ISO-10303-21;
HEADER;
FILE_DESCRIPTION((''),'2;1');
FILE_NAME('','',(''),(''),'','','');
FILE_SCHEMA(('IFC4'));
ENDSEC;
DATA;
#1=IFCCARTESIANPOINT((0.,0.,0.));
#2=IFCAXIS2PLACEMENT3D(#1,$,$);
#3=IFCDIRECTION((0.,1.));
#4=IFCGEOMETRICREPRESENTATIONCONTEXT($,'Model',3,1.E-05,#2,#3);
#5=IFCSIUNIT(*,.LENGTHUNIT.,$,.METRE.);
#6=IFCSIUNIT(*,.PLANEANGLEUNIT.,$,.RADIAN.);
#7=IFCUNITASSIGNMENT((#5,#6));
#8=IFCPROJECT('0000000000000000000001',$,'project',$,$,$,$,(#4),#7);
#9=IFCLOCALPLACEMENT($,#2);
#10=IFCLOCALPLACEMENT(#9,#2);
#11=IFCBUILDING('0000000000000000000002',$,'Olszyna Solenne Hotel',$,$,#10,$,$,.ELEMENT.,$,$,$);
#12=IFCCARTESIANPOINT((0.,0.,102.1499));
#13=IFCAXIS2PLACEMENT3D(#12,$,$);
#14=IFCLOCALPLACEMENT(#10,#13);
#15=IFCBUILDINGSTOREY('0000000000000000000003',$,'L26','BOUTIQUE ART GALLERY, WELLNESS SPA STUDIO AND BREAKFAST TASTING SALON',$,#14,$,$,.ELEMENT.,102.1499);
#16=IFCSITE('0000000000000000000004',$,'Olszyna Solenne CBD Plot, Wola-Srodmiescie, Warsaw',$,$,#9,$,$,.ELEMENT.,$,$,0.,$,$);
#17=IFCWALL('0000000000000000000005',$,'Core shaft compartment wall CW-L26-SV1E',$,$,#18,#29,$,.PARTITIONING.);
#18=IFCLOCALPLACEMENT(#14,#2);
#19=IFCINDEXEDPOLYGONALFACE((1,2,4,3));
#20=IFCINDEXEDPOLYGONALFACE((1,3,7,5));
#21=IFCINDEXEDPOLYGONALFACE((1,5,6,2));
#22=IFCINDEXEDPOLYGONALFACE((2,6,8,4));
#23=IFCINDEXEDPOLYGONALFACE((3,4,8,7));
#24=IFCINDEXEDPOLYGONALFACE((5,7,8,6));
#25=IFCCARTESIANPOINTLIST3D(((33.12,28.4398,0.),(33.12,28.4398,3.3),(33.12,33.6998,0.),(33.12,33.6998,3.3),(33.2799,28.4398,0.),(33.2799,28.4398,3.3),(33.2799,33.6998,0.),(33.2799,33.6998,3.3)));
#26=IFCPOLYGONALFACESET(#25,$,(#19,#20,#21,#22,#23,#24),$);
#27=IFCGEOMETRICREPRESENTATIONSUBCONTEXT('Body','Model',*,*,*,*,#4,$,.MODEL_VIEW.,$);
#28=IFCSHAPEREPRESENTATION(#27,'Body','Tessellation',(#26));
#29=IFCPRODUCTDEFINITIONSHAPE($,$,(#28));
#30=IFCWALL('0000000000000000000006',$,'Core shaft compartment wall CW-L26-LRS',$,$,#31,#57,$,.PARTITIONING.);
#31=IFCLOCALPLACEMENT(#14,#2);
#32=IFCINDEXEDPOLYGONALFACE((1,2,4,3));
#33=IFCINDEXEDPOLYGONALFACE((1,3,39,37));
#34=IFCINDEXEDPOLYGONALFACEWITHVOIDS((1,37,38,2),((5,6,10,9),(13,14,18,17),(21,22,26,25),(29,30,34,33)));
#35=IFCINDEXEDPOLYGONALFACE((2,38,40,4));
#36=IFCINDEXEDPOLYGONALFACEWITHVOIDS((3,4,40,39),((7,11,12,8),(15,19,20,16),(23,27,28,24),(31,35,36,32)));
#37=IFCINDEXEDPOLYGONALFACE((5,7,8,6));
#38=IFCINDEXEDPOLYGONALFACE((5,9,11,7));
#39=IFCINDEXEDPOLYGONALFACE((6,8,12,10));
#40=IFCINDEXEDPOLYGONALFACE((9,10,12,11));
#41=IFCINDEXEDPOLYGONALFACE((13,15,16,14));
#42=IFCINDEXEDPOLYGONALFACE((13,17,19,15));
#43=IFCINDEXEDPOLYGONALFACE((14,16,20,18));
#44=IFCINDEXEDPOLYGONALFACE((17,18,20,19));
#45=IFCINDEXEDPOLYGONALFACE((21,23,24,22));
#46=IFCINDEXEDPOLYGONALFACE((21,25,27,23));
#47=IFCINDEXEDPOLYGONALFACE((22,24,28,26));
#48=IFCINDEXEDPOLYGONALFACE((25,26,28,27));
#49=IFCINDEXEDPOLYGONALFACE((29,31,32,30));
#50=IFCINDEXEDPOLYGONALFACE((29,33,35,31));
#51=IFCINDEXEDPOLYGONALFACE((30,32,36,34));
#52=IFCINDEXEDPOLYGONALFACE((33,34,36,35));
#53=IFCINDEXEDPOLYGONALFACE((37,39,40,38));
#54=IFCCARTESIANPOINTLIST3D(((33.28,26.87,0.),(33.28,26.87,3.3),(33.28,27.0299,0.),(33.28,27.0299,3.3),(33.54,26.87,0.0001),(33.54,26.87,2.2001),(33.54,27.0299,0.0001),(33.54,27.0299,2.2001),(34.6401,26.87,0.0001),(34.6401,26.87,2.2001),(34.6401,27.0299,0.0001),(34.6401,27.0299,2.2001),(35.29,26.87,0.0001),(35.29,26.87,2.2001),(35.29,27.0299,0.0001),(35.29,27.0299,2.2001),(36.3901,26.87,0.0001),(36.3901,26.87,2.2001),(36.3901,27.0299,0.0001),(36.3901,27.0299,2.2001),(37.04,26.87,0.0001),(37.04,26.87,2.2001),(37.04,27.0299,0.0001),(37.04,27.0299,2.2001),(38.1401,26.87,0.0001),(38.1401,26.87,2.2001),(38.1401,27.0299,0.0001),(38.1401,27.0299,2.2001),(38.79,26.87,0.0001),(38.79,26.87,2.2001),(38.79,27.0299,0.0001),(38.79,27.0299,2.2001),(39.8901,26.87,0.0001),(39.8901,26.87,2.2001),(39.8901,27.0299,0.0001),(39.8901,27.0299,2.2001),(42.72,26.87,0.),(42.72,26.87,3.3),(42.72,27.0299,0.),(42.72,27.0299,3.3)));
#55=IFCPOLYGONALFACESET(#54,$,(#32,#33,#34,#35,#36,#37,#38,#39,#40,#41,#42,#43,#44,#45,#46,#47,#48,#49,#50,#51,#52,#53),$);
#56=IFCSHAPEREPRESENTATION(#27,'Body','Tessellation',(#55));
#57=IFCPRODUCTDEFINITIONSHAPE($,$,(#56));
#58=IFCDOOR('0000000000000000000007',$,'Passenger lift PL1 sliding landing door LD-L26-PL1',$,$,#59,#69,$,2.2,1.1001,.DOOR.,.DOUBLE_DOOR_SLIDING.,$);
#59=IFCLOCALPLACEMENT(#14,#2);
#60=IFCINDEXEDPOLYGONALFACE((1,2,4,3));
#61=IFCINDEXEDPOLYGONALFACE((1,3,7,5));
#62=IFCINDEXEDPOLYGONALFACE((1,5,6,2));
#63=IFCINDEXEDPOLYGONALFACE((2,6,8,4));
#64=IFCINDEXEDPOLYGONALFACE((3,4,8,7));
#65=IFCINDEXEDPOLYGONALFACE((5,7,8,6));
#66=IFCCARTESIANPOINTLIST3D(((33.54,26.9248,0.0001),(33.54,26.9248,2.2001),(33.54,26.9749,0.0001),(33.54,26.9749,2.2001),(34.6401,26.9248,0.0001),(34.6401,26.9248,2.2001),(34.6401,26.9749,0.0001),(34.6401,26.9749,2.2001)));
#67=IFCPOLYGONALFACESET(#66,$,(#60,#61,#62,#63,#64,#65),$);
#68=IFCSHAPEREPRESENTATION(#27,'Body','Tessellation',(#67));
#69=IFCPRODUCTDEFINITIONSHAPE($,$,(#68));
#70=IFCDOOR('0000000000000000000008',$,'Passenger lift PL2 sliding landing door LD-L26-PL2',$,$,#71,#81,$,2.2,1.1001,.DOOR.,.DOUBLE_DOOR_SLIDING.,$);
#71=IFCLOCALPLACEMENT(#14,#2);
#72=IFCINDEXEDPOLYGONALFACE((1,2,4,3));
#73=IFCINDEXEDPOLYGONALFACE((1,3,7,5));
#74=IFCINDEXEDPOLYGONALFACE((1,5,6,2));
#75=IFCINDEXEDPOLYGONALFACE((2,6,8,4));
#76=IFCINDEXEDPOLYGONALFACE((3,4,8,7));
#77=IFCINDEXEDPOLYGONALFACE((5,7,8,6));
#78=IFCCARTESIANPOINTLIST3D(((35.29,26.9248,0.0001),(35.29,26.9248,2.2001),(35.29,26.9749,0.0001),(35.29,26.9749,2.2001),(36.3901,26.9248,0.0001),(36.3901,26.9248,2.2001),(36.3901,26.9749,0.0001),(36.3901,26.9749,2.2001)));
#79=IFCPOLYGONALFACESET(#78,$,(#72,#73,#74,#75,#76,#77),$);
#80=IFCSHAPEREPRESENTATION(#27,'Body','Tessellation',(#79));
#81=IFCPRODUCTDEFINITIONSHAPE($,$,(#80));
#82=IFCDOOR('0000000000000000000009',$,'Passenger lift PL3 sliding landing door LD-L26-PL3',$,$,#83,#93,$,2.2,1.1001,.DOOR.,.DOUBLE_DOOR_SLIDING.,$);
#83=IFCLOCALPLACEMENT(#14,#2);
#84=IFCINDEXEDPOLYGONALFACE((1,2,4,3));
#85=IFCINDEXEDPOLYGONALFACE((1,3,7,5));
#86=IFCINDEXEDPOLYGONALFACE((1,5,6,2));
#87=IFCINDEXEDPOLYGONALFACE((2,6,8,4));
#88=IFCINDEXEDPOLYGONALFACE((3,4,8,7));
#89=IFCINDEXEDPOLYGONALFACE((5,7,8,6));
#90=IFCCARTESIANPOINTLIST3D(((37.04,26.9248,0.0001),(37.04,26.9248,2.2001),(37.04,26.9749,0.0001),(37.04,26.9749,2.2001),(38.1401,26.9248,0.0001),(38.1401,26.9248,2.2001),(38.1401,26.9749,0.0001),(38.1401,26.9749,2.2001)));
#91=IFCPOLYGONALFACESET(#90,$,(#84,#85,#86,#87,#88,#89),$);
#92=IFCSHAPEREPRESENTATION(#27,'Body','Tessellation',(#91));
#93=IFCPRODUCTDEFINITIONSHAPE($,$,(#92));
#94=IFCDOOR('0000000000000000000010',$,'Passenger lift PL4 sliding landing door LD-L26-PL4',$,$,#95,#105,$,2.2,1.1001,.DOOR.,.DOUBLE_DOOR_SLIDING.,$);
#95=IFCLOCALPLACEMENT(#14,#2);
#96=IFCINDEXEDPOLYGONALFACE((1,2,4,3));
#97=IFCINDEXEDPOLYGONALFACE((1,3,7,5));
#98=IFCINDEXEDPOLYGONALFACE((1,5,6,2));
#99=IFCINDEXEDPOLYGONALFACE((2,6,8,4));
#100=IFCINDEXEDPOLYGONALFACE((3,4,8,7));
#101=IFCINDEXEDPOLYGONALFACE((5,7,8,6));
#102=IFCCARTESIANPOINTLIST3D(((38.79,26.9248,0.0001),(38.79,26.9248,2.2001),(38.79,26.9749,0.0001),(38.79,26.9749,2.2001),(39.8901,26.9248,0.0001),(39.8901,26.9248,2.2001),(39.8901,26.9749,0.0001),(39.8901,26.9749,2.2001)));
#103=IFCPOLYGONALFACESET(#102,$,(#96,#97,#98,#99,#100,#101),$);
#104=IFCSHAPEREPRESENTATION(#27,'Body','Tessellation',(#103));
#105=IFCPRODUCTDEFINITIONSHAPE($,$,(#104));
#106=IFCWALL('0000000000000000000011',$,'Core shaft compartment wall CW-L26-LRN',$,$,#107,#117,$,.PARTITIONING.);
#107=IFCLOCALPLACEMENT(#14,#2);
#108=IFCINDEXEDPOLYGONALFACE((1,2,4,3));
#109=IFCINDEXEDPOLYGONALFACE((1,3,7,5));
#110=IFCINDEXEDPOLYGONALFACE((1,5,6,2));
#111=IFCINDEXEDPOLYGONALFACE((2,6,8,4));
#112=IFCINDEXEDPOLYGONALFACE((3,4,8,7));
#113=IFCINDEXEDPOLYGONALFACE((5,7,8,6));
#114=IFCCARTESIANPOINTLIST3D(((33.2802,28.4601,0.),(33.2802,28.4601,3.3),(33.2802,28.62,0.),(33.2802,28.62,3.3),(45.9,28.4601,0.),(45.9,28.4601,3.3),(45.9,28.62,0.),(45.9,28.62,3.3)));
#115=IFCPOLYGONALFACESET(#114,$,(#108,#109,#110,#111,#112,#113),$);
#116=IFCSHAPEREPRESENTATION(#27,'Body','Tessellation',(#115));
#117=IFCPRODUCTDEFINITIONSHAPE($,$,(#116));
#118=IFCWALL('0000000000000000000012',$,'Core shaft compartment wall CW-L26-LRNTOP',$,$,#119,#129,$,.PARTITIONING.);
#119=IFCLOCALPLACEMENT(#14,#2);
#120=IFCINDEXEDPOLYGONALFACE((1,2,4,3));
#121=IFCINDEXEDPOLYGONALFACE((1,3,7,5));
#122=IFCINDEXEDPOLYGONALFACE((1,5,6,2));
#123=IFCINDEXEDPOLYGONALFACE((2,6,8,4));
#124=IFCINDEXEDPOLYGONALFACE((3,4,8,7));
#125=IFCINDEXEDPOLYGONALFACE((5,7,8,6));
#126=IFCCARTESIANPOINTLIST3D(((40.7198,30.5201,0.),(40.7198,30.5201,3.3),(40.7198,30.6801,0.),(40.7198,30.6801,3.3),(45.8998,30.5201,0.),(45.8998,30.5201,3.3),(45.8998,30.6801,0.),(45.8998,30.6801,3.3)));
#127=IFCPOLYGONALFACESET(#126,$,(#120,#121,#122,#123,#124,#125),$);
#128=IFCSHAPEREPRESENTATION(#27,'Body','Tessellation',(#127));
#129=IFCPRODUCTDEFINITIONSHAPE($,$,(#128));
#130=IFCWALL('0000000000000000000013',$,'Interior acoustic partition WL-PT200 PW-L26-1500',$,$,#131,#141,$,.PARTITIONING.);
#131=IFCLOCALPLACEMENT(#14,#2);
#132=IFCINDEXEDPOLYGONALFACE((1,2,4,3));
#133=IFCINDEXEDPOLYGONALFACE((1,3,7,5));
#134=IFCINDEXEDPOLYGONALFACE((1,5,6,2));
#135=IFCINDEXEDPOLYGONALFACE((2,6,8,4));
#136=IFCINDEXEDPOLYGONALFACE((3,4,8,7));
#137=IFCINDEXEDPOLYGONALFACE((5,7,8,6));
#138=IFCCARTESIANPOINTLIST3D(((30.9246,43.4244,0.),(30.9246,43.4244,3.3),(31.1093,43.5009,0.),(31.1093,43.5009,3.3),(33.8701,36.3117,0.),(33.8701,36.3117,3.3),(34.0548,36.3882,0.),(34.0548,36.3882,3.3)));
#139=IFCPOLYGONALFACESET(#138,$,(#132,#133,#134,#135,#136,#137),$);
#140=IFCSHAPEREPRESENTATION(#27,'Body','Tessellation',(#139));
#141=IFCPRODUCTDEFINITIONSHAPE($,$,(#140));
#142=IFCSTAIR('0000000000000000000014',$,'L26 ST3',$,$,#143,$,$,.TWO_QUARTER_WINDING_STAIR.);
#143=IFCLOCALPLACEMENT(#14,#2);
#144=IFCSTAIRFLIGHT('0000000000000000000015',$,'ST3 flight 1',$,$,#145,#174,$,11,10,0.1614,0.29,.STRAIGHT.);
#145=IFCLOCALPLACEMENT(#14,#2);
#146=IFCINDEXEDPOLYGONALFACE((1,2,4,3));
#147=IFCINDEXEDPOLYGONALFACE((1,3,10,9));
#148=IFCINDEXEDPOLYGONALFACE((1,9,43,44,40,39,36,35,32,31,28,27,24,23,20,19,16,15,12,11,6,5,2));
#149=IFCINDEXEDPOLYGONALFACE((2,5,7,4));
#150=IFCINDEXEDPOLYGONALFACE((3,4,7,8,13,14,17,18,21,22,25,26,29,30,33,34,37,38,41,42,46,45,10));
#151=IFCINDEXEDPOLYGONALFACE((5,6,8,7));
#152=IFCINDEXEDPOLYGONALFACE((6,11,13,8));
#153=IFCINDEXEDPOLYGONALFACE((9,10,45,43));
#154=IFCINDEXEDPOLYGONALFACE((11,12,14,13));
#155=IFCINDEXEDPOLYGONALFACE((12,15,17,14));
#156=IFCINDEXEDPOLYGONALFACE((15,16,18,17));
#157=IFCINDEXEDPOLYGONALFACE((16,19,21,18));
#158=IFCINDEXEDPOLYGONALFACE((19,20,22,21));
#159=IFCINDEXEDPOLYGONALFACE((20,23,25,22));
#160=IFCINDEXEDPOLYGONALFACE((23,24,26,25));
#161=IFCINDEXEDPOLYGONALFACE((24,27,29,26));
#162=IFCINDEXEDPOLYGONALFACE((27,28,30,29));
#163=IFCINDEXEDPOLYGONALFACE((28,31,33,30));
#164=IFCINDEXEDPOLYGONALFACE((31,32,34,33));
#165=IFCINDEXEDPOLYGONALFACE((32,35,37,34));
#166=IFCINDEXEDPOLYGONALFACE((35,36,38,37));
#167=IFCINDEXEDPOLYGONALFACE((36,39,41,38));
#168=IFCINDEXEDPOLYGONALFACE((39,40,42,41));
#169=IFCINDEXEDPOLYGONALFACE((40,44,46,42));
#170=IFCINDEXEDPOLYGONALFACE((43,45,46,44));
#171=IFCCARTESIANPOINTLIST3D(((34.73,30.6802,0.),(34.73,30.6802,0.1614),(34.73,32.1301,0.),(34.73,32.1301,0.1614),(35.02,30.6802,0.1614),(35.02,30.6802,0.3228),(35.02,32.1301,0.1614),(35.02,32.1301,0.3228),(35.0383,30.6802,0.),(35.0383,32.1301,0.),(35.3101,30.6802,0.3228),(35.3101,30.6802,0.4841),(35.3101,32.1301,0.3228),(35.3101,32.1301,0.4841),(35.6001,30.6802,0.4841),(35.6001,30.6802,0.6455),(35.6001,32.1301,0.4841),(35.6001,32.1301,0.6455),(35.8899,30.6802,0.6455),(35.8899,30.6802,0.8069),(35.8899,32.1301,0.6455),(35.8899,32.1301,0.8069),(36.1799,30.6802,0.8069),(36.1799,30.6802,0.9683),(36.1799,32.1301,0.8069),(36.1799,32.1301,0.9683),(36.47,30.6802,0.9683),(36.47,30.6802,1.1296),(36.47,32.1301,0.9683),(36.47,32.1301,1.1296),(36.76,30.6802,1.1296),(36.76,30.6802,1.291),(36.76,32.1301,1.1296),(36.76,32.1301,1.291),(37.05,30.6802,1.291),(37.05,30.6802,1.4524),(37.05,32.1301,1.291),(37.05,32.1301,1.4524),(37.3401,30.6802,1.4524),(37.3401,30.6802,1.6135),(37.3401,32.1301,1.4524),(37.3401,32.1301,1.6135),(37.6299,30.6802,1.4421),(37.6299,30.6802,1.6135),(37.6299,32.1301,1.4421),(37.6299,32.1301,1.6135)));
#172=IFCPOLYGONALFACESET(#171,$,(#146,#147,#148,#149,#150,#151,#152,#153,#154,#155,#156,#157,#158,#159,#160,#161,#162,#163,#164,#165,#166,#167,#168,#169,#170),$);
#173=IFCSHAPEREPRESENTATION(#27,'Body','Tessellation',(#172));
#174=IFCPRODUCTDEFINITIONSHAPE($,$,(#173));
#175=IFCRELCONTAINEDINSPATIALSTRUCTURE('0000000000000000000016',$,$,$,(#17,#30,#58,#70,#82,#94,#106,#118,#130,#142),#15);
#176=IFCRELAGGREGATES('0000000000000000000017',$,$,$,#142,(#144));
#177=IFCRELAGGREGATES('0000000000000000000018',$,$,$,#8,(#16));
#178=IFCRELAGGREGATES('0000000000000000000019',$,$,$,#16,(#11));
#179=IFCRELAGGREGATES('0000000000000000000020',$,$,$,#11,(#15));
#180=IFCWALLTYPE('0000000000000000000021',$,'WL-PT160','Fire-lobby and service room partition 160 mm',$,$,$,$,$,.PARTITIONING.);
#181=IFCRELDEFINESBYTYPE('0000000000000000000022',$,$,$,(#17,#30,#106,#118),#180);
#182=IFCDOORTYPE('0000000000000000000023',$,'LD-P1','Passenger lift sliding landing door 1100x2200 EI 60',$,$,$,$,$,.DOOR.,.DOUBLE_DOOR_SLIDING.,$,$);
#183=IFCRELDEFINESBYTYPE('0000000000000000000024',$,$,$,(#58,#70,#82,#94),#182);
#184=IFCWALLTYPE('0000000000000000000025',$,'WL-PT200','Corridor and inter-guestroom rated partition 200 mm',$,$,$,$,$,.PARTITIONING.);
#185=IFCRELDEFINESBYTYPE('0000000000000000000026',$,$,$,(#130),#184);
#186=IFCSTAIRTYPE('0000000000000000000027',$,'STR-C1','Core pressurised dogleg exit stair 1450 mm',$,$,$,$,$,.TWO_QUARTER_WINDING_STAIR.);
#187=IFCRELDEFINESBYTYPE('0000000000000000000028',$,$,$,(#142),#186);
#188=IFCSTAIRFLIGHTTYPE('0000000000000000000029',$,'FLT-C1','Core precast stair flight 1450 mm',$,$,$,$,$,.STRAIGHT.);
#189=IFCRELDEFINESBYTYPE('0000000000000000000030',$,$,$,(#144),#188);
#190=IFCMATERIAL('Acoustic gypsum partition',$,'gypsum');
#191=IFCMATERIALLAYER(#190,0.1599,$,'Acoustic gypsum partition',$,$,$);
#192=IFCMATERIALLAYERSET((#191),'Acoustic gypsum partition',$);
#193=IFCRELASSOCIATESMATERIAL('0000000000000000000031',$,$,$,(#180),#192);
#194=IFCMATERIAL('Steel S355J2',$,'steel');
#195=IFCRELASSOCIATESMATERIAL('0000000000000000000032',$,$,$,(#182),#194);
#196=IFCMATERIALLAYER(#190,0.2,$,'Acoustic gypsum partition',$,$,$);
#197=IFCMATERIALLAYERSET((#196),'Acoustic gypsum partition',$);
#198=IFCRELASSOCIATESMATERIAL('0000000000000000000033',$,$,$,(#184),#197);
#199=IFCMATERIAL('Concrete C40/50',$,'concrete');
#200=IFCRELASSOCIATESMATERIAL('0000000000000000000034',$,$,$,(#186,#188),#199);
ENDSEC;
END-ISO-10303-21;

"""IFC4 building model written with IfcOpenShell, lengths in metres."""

from ifc_helpers import new_model, si_unit, direction, frame, frame_2d, origin, place, context, subcontext, project, spatial, polyline, rectangle, outline, extrude, source, transform, mapped, material, layer, layer_set, type_object, type_shapes, element, fill, aggregate, save


model = new_model("IFC4")

# Units and contexts
model_context = context("Model", 3, precision=1e-05, world=origin(), true_north=direction((0.0, 1.0)))
body_context = subcontext(model_context, "Body", "Model", "MODEL_VIEW")
ifc_project = project(units=[si_unit("LENGTHUNIT", "METRE"), si_unit("PLANEANGLEUNIT", "RADIAN")], contexts=[model_context])

# Site, building, storey
site_placement = place(None, origin())
site = spatial("IfcSite", under=ifc_project, at=site_placement, Name="Olszyna Solenne CBD Plot, Wola-Srodmiescie, Warsaw", CompositionType="ELEMENT", RefElevation=0.0)
building_placement = place(site_placement, origin())
building = spatial("IfcBuilding", under=site, at=building_placement, Name="Olszyna Solenne Hotel", CompositionType="ELEMENT")
storey_placement = place(building_placement, frame((0.0, 0.0, 102.1499)))
storey = spatial("IfcBuildingStorey", under=building, at=storey_placement, Name="L26", Description="BOUTIQUE ART GALLERY, WELLNESS SPA STUDIO AND BREAKFAST TASTING SALON", CompositionType="ELEMENT", Elevation=102.1499)

# Shared definitions
ifc_material_1 = material(Name="Steel S355J2", Category="steel")

# Wall
ifc_material_2 = material(Name="Acoustic gypsum partition", Category="gypsum")
ifc_layer_1 = layer(ifc_material_2, 0.1599, Name="Acoustic gypsum partition")
ifc_layer_set_1 = layer_set([ifc_layer_1], Name="Acoustic gypsum partition")
wall_type_1 = type_object("IfcWallType", Name="WL-PT160", Description="Fire-lobby and service room partition 160 mm", PredefinedType="PARTITIONING", material=ifc_layer_set_1)
wall_1_placement = place(storey_placement, frame((33.2, 28.4399, 0.0), z_axis=(0.0, 0.0, 1.0), x_axis=(0.0, 1.0, 0.0)))
element("IfcWall", 1, at=wall_1_placement, inside=storey, type_object=wall_type_1, Name="Core shaft compartment wall CW-L26-SV1E", PredefinedType="PARTITIONING", context=body_context, shape_type="SweptSolid", body=[
    extrude(rectangle(XDim=5.26, YDim=0.1599, at=frame_2d((2.6299, 0.0))), origin(), (0.0, 0.0, 1.0), 3.3),
])

# Wall, openings, doors
wall_2_placement = place(storey_placement, frame((33.28, 26.95, 0.0), z_axis=(0.0, 0.0, 1.0), x_axis=(1.0, 0.0, 0.0)))
wall_2 = element("IfcWall", 2, at=wall_2_placement, inside=storey, type_object=wall_type_1, Name="Core shaft compartment wall CW-L26-LRS", PredefinedType="PARTITIONING", context=body_context, shape_type="SweptSolid", body=[
    extrude(rectangle(XDim=9.4399, YDim=0.1599, at=frame_2d((4.72, 0.0))), origin(), (0.0, 0.0, 1.0), 3.3),
])
opening_1_placement = place(wall_2_placement, frame((0.26, 0.0, 0.0)))
opening_1 = element("IfcOpeningElement", 3, at=opening_1_placement, cuts=wall_2, PredefinedType="OPENING", context=body_context, shape_type="SweptSolid", body=[
    extrude(rectangle(XDim=1.1001, YDim=2.2, at=frame_2d((0.55, 1.1001))), frame((0.0, 0.0898, 0.0), z_axis=(0.0, -1.0, 0.0), x_axis=(1.0, 0.0, 0.0)), (0.0, 0.0, 1.0), 0.1799),
])
opening_2_placement = place(wall_2_placement, frame((2.01, 0.0, 0.0)))
opening_2 = element("IfcOpeningElement", 4, at=opening_2_placement, cuts=wall_2, PredefinedType="OPENING", context=body_context, shape_type="SweptSolid", body=[
    extrude(rectangle(XDim=1.1001, YDim=2.2, at=frame_2d((0.55, 1.1001))), frame((0.0, 0.0898, 0.0), z_axis=(0.0, -1.0, 0.0), x_axis=(1.0, 0.0, 0.0)), (0.0, 0.0, 1.0), 0.1799),
])
opening_3_placement = place(wall_2_placement, frame((3.76, 0.0, 0.0)))
opening_3 = element("IfcOpeningElement", 5, at=opening_3_placement, cuts=wall_2, PredefinedType="OPENING", context=body_context, shape_type="SweptSolid", body=[
    extrude(rectangle(XDim=1.1001, YDim=2.2, at=frame_2d((0.55, 1.1001))), frame((0.0, 0.0898, 0.0), z_axis=(0.0, -1.0, 0.0), x_axis=(1.0, 0.0, 0.0)), (0.0, 0.0, 1.0), 0.1799),
])
opening_4_placement = place(wall_2_placement, frame((5.51, 0.0, 0.0)))
opening_4 = element("IfcOpeningElement", 6, at=opening_4_placement, cuts=wall_2, PredefinedType="OPENING", context=body_context, shape_type="SweptSolid", body=[
    extrude(rectangle(XDim=1.1001, YDim=2.2, at=frame_2d((0.55, 1.1001))), frame((0.0, 0.0898, 0.0), z_axis=(0.0, -1.0, 0.0), x_axis=(1.0, 0.0, 0.0)), (0.0, 0.0, 1.0), 0.1799),
])
door_type = type_object("IfcDoorType", Name="LD-P1", Description="Passenger lift sliding landing door 1100x2200 EI 60", OperationType="DOUBLE_DOOR_SLIDING", PredefinedType="DOOR", material=ifc_material_1)
shared_shape_1 = source(origin(), body_context, "Body", "SweptSolid", [
    extrude(rectangle(XDim=1.1001, YDim=2.2, at=frame_2d((0.55, 1.1001))), frame((0.0, 0.0249, 0.0), z_axis=(0.0, -1.0, 0.0), x_axis=(1.0, 0.0, 0.0)), (0.0, 0.0, 1.0), 0.05),
])
type_shapes(door_type, [shared_shape_1])
door_1_placement = place(opening_1_placement, origin())
door_1 = element("IfcDoor", 7, at=door_1_placement, inside=storey, type_object=door_type, Name="Passenger lift PL1 sliding landing door LD-L26-PL1", OperationType="DOUBLE_DOOR_SLIDING", OverallHeight=2.2, OverallWidth=1.1001, PredefinedType="DOOR", context=body_context, shape_type="MappedRepresentation", body=[
    mapped(shared_shape_1, transform((0.0, 0.0, 0.0), x_axis=(1.0, 0.0, 0.0), y_axis=(0.0, 1.0, 0.0), z_axis=(0.0, 0.0, 1.0), scale=1.0)),
])
fill(opening_1, door_1)
door_2_placement = place(opening_2_placement, origin())
door_2 = element("IfcDoor", 8, at=door_2_placement, inside=storey, type_object=door_type, Name="Passenger lift PL2 sliding landing door LD-L26-PL2", OperationType="DOUBLE_DOOR_SLIDING", OverallHeight=2.2, OverallWidth=1.1001, PredefinedType="DOOR", context=body_context, shape_type="MappedRepresentation", body=[
    mapped(shared_shape_1, transform((0.0, 0.0, 0.0), x_axis=(1.0, 0.0, 0.0), y_axis=(0.0, 1.0, 0.0), z_axis=(0.0, 0.0, 1.0), scale=1.0)),
])
fill(opening_2, door_2)
door_3_placement = place(opening_3_placement, origin())
door_3 = element("IfcDoor", 9, at=door_3_placement, inside=storey, type_object=door_type, Name="Passenger lift PL3 sliding landing door LD-L26-PL3", OperationType="DOUBLE_DOOR_SLIDING", OverallHeight=2.2, OverallWidth=1.1001, PredefinedType="DOOR", context=body_context, shape_type="MappedRepresentation", body=[
    mapped(shared_shape_1, transform((0.0, 0.0, 0.0), x_axis=(1.0, 0.0, 0.0), y_axis=(0.0, 1.0, 0.0), z_axis=(0.0, 0.0, 1.0), scale=1.0)),
])
fill(opening_3, door_3)
door_4_placement = place(opening_4_placement, origin())
door_4 = element("IfcDoor", 10, at=door_4_placement, inside=storey, type_object=door_type, Name="Passenger lift PL4 sliding landing door LD-L26-PL4", OperationType="DOUBLE_DOOR_SLIDING", OverallHeight=2.2, OverallWidth=1.1001, PredefinedType="DOOR", context=body_context, shape_type="MappedRepresentation", body=[
    mapped(shared_shape_1, transform((0.0, 0.0, 0.0), x_axis=(1.0, 0.0, 0.0), y_axis=(0.0, 1.0, 0.0), z_axis=(0.0, 0.0, 1.0), scale=1.0)),
])
fill(opening_4, door_4)

# Walls
wall_3_placement = place(storey_placement, frame((33.28, 28.54, 0.0), z_axis=(0.0, 0.0, 1.0), x_axis=(1.0, 0.0, 0.0)))
element("IfcWall", 11, at=wall_3_placement, inside=storey, type_object=wall_type_1, Name="Core shaft compartment wall CW-L26-LRN", PredefinedType="PARTITIONING", context=body_context, shape_type="SweptSolid", body=[
    extrude(rectangle(XDim=12.6199, YDim=0.1599, at=frame_2d((6.3101, 0.0))), origin(), (0.0, 0.0, 1.0), 3.3),
])
wall_4_placement = place(storey_placement, frame((40.72, 30.6001, 0.0), z_axis=(0.0, 0.0, 1.0), x_axis=(1.0, 0.0, 0.0)))
element("IfcWall", 12, at=wall_4_placement, inside=storey, type_object=wall_type_1, Name="Core shaft compartment wall CW-L26-LRNTOP", PredefinedType="PARTITIONING", context=body_context, shape_type="SweptSolid", body=[
    extrude(rectangle(XDim=5.1799, YDim=0.1599, at=frame_2d((2.5898, 0.0))), origin(), (0.0, 0.0, 1.0), 3.3),
])
ifc_layer_2 = layer(ifc_material_2, 0.2, Name="Acoustic gypsum partition")
ifc_layer_set_2 = layer_set([ifc_layer_2], Name="Acoustic gypsum partition")
wall_type_2 = type_object("IfcWallType", Name="WL-PT200", Description="Corridor and inter-guestroom rated partition 200 mm", PredefinedType="PARTITIONING", material=ifc_layer_set_2)
wall_5_placement = place(storey_placement, frame((33.9624, 36.3501, 0.0), z_axis=(0.0, 0.0, 1.0), x_axis=(-0.38261, 0.92391, 0.0)))
element("IfcWall", 13, at=wall_5_placement, inside=storey, type_object=wall_type_2, Name="Interior acoustic partition WL-PT200 PW-L26-1500", PredefinedType="PARTITIONING", context=body_context, shape_type="SweptSolid", body=[
    extrude(rectangle(XDim=7.6985, YDim=0.2, at=frame_2d((3.8491, 0.0))), origin(), (0.0, 0.0, 1.0), 3.3),
])

# Stair, stair flight
ifc_material_3 = material(Name="Concrete C40/50", Category="concrete")
stair_type = type_object("IfcStairType", Name="STR-C1", Description="Core pressurised dogleg exit stair 1450 mm", PredefinedType="TWO_QUARTER_WINDING_STAIR", material=ifc_material_3)
stair_placement = place(storey_placement, origin())
stair = element("IfcStair", 14, at=stair_placement, inside=storey, type_object=stair_type, Name="L26 ST3", PredefinedType="TWO_QUARTER_WINDING_STAIR")
stair_flight_type = type_object("IfcStairFlightType", Name="FLT-C1", Description="Core precast stair flight 1450 mm", PredefinedType="STRAIGHT", material=ifc_material_3)
stair_flight_1_placement = place(storey_placement, frame((34.73, 31.405, 0.0), z_axis=(0.0, 0.0, 1.0), x_axis=(1.0, 0.0, 0.0)))
stair_flight_1 = element("IfcStairFlight", 15, at=stair_flight_1_placement, type_object=stair_flight_type, Name="ST3 flight 1", NumberOfRisers=11, NumberOfTreads=10, PredefinedType="STRAIGHT", RiserHeight=0.1614, TreadLength=0.29, context=body_context, shape_type="SweptSolid", body=[
    extrude(outline(polyline([(0.0, 0.0), (0.0, 0.1614), (0.29, 0.1614), (0.29, 0.3228), (0.5801, 0.3228), (0.5801, 0.4841), (0.8701, 0.4841), (0.8701, 0.6455), (1.1599, 0.6455), (1.1599, 0.8069), (1.45, 0.8069), (1.45, 0.9683), (1.74, 0.9683), (1.74, 1.1296), (2.03, 1.1296), (2.03, 1.291), (2.3201, 1.291), (2.3201, 1.4524), (2.6101, 1.4524), (2.6101, 1.6135), (2.8999, 1.6135), (2.8999, 1.7749), (2.8999, 1.4421), (0.3083, 0.0), (0.0, 0.0)])), frame((0.0, 0.7251, 0.0), z_axis=(0.0, -1.0, 0.0), x_axis=(1.0, 0.0, 0.0)), (0.0, 0.0, 1.0), 1.45),
])
aggregate(stair, [stair_flight_1])

save(model, "model.ifc")
